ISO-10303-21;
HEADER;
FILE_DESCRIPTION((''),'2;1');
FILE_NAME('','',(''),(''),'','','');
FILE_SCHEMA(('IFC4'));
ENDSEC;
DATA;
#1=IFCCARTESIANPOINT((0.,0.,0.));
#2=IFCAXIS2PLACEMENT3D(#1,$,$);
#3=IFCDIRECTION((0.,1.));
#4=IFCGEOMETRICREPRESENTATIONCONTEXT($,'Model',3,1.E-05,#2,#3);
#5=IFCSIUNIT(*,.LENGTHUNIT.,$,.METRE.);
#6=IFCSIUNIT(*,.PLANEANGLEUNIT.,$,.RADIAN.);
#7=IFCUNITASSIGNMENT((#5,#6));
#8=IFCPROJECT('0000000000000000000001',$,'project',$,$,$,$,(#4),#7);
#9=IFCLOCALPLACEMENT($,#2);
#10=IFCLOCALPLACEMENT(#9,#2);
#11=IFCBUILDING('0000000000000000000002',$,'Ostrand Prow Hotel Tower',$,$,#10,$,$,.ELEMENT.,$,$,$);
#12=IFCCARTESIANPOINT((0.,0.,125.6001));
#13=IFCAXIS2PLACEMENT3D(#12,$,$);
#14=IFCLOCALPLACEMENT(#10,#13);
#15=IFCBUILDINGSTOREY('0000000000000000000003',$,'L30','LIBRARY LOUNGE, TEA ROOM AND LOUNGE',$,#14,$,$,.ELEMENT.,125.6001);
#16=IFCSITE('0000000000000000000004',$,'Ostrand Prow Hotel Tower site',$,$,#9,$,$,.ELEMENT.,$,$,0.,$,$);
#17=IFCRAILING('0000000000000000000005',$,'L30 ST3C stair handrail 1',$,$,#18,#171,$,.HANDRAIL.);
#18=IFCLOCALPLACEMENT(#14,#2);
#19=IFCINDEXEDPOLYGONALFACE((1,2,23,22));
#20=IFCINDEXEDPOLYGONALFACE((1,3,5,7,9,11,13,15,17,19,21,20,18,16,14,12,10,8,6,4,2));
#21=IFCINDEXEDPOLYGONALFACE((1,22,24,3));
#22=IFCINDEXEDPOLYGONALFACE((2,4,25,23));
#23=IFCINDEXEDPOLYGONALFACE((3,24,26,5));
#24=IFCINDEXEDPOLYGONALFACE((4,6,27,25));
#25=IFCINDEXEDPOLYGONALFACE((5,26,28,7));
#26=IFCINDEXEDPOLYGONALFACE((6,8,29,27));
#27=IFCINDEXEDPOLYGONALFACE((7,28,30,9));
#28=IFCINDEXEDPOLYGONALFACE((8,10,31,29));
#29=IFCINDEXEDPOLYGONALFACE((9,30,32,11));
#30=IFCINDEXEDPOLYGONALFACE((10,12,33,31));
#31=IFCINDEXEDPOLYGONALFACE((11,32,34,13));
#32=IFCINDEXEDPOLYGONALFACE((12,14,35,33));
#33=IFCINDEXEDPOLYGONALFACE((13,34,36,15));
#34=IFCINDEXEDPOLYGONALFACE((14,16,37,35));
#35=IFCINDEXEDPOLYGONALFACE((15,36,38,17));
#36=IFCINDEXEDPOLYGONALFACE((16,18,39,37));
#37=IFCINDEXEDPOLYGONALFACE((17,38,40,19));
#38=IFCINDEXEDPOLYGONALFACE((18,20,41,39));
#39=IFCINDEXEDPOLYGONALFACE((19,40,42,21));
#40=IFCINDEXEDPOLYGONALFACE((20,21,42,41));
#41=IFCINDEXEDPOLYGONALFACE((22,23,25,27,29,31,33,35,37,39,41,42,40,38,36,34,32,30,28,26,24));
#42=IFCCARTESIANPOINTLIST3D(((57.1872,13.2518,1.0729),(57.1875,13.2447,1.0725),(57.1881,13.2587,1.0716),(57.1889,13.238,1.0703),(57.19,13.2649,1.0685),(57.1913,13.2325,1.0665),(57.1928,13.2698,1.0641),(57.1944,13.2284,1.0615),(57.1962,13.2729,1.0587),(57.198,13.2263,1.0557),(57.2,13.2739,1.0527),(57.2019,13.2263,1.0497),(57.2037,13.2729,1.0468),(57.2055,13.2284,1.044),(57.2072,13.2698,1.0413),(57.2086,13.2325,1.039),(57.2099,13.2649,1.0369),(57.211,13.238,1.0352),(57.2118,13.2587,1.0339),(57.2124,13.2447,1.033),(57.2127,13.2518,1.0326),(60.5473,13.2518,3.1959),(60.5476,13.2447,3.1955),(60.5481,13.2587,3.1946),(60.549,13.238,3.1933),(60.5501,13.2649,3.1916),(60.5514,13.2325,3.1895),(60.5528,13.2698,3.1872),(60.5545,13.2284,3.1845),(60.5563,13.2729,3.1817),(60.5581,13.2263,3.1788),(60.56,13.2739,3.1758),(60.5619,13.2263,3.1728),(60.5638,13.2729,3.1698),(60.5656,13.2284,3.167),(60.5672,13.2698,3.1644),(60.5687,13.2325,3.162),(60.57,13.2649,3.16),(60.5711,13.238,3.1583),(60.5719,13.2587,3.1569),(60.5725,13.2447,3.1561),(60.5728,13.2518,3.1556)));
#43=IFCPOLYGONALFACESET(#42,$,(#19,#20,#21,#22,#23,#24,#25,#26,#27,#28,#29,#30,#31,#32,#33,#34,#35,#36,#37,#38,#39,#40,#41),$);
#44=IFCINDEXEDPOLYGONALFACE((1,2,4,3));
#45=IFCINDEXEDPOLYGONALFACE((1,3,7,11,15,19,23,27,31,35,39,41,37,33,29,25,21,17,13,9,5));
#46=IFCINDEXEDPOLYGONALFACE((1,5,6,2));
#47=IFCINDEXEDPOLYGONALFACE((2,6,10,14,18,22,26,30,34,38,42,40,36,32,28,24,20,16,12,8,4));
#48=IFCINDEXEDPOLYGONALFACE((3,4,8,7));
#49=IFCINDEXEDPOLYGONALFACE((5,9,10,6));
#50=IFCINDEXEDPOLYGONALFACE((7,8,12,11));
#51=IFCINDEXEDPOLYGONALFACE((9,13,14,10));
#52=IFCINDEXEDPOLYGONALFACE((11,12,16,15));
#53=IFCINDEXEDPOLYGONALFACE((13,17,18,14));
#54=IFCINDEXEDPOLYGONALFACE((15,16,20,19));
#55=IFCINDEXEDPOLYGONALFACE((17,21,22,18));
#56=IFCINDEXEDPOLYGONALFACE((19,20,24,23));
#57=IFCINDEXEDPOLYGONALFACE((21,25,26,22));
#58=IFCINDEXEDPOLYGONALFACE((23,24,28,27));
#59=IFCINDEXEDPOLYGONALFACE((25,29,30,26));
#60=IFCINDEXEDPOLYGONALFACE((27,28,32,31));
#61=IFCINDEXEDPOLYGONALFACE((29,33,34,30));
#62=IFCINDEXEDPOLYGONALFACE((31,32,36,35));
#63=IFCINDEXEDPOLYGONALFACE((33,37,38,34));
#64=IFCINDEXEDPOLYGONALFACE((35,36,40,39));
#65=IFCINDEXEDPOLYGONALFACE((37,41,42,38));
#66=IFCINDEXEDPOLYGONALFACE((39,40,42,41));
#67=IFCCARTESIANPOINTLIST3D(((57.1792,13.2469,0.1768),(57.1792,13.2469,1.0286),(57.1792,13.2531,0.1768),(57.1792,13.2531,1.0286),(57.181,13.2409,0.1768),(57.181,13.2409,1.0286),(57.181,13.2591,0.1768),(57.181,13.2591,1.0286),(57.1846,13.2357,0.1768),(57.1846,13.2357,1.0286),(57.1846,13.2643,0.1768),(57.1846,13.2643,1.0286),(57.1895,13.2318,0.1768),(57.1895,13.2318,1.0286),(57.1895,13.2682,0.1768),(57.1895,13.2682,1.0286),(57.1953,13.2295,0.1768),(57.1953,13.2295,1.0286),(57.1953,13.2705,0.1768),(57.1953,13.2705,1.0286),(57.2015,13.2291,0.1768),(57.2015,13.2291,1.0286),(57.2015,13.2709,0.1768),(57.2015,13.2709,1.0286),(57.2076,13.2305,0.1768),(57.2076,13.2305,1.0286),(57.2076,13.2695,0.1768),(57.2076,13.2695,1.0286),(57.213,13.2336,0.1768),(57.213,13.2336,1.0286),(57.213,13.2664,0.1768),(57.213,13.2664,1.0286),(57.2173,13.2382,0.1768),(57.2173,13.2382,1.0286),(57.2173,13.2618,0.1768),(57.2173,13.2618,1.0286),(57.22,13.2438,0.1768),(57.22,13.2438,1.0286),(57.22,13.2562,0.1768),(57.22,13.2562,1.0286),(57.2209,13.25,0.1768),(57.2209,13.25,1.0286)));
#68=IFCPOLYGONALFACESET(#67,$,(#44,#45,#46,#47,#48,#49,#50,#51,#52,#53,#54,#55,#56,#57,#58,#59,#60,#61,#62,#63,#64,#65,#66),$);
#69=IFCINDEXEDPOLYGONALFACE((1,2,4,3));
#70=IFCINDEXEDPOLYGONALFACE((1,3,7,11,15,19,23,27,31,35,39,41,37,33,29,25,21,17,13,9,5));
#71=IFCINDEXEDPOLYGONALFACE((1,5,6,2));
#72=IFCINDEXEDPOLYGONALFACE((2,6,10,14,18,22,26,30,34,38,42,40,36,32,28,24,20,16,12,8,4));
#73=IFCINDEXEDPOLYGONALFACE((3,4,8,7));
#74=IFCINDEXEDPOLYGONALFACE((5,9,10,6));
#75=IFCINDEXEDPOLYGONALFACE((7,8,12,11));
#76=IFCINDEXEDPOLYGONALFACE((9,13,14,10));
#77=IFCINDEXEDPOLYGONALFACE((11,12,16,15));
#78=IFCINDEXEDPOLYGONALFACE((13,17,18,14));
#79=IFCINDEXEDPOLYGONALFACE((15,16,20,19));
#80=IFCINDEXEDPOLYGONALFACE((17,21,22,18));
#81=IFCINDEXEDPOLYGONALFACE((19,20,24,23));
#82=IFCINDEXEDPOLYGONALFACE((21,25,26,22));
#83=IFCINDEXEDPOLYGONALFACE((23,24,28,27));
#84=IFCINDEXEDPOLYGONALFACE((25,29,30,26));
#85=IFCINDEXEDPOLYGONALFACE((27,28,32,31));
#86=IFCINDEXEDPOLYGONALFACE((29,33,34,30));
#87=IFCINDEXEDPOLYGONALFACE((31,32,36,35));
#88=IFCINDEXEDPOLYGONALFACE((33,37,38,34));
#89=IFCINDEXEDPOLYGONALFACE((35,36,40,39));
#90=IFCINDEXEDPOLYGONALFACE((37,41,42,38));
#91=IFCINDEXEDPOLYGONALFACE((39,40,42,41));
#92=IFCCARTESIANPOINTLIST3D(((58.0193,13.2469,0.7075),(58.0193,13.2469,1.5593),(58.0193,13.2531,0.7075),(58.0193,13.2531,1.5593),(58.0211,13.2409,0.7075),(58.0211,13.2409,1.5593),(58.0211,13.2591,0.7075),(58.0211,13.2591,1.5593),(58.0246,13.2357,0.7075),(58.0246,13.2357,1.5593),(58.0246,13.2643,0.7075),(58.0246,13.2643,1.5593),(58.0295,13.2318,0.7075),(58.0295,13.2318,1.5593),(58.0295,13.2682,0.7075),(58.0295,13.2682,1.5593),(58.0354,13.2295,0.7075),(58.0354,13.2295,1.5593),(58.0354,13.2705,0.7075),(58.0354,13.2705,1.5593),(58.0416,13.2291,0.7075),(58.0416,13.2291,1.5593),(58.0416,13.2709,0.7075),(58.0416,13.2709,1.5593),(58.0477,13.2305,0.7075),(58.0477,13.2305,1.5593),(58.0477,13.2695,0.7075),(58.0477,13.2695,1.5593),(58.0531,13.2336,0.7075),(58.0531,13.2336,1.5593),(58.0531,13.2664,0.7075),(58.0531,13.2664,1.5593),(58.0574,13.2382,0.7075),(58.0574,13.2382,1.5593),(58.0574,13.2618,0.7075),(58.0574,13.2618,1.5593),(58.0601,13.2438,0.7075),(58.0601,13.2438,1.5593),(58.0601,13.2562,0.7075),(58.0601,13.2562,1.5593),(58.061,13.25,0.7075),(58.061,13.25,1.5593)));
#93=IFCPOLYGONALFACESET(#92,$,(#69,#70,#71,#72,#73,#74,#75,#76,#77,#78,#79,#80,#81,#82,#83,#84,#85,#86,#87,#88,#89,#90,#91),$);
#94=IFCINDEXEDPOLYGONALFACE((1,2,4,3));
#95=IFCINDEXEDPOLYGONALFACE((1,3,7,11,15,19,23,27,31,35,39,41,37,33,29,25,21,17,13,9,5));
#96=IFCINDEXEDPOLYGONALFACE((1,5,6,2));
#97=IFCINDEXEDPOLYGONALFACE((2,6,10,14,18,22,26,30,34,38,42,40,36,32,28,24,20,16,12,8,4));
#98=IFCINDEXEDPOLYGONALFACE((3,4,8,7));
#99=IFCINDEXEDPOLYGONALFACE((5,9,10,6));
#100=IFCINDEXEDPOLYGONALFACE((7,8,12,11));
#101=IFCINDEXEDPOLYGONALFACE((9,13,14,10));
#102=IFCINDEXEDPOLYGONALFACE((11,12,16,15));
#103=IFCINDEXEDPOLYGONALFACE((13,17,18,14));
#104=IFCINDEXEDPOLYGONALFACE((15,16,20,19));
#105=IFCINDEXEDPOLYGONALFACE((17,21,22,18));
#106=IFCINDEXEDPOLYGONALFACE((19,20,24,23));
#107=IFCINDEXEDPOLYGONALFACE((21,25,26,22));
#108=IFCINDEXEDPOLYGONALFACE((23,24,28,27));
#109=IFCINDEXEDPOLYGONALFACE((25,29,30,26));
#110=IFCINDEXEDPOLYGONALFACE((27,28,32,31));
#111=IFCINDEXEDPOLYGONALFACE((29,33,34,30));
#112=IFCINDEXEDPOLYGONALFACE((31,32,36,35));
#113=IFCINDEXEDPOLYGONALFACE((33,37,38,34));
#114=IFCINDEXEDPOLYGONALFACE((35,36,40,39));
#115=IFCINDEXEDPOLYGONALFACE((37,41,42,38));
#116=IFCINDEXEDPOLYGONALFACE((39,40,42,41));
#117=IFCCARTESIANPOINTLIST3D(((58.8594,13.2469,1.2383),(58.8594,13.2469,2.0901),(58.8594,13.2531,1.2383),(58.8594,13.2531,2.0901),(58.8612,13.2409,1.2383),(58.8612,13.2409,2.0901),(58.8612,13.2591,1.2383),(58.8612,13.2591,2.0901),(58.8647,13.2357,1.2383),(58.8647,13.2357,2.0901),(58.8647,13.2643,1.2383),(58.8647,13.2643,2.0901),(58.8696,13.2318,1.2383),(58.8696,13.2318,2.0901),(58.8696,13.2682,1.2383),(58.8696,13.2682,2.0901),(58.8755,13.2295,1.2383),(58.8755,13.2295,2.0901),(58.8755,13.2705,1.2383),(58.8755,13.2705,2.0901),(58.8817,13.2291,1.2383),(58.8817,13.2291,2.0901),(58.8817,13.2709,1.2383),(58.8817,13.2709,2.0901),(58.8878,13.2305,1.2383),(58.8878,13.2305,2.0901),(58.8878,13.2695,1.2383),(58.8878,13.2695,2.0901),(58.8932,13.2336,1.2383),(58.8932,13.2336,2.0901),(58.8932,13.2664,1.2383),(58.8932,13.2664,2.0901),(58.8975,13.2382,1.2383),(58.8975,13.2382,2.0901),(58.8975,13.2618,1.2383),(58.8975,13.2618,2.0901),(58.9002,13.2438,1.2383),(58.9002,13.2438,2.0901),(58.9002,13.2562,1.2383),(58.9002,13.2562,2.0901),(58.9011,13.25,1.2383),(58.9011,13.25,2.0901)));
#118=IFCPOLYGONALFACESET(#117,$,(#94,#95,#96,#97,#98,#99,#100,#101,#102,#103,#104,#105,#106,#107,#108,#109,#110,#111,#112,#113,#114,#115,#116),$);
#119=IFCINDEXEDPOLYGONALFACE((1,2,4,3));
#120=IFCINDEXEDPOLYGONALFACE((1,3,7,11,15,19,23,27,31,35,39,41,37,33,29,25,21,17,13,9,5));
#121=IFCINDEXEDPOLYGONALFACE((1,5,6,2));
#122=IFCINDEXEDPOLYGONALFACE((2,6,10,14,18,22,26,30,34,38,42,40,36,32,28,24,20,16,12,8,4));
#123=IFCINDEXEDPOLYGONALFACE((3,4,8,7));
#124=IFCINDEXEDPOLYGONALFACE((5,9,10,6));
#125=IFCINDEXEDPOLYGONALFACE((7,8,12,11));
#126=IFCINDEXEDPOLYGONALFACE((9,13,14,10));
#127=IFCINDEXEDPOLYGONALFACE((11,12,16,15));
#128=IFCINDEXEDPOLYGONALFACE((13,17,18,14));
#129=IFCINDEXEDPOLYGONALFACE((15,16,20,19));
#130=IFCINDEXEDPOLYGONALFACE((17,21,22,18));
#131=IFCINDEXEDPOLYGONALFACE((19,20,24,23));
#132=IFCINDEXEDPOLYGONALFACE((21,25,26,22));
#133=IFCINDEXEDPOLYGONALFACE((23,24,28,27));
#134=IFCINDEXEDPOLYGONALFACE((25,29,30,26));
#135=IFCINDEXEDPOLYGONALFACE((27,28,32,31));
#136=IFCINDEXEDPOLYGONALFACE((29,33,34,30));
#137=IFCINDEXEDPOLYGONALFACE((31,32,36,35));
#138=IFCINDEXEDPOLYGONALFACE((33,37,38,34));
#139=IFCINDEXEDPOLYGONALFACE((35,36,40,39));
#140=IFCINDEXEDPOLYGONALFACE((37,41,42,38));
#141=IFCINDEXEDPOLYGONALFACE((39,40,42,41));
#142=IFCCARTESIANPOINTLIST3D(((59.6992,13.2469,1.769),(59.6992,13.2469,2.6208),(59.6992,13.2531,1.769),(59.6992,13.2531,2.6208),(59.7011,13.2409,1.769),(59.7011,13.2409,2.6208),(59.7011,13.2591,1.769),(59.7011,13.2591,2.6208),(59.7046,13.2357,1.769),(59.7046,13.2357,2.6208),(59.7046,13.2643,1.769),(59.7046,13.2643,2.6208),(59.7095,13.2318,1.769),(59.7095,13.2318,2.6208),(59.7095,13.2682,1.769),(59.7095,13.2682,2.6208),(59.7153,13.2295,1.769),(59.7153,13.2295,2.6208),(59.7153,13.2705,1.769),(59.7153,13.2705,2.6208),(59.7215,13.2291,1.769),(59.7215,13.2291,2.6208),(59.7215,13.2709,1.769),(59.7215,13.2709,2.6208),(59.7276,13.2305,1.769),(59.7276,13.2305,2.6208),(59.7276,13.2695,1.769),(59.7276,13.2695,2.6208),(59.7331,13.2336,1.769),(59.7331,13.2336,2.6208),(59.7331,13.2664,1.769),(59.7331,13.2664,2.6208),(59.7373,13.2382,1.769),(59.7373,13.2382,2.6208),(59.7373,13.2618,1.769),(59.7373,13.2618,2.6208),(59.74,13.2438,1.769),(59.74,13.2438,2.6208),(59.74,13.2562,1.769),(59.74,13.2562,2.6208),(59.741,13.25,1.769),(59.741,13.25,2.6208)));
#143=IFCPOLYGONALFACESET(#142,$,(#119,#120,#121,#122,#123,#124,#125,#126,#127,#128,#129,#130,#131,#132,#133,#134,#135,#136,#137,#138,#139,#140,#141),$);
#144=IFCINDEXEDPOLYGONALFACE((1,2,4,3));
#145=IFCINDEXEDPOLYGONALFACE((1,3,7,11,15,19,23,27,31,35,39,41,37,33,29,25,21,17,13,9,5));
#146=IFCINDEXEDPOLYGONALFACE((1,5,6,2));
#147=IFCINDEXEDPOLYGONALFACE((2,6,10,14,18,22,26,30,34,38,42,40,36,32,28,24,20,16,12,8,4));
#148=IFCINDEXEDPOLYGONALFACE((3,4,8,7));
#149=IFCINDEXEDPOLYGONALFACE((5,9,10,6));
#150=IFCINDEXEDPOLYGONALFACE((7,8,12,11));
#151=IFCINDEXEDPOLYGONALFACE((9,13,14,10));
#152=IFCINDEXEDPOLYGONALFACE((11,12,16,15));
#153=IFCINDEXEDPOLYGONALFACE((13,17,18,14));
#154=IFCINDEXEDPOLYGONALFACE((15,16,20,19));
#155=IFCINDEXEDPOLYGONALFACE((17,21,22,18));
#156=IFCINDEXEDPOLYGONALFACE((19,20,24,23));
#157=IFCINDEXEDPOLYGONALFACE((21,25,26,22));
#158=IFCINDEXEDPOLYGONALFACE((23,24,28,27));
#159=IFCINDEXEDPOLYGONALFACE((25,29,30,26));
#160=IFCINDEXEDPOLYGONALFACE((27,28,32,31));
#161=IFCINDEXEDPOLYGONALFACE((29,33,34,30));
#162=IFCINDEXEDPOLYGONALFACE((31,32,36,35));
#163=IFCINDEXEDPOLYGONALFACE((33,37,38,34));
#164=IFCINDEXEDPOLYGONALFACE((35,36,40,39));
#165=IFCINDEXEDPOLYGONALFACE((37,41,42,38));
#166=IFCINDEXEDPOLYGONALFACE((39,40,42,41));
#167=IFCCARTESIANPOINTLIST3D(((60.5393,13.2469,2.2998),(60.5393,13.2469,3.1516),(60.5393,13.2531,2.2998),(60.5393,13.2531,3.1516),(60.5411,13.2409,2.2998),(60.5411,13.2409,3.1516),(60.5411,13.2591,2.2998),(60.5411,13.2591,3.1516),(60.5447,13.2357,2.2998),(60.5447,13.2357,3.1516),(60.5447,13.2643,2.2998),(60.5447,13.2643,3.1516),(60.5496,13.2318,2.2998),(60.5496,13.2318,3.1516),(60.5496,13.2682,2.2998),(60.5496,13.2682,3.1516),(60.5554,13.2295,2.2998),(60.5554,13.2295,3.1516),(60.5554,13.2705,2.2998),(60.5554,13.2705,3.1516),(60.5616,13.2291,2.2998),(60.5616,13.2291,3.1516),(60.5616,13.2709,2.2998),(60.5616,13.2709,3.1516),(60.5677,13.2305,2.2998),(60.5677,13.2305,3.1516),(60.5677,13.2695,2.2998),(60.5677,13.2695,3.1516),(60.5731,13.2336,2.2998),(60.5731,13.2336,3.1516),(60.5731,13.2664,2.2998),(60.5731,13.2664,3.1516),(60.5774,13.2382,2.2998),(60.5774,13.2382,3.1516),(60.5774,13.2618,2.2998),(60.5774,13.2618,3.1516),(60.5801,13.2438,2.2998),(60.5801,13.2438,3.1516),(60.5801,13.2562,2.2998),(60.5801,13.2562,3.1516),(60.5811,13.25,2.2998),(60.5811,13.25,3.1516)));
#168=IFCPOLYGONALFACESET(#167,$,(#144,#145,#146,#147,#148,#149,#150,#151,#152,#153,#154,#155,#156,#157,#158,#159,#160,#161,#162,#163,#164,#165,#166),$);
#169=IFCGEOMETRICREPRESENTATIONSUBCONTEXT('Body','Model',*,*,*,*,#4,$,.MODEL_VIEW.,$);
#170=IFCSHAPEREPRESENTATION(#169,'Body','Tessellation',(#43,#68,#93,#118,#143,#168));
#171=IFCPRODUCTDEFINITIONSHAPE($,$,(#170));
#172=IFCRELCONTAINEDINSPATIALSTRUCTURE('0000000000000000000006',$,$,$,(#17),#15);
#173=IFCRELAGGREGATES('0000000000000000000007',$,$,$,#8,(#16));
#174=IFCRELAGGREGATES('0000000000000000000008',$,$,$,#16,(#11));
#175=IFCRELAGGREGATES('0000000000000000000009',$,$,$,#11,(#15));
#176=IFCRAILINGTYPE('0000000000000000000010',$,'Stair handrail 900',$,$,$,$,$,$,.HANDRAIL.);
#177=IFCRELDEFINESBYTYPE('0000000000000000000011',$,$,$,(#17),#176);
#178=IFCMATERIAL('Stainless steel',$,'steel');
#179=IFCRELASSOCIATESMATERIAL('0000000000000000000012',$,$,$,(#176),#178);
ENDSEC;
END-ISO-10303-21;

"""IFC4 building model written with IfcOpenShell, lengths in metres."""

from ifc_helpers import new_model, si_unit, direction, frame, origin, origin_2d, place, context, subcontext, project, spatial, circle, extrude, material, type_object, element, save


model = new_model("IFC4")

# Units and contexts
model_context = context("Model", 3, precision=1e-05, world=origin(), true_north=direction((0.0, 1.0)))
body_context = subcontext(model_context, "Body", "Model", "MODEL_VIEW")
ifc_project = project(units=[si_unit("LENGTHUNIT", "METRE"), si_unit("PLANEANGLEUNIT", "RADIAN")], contexts=[model_context])

# Site, building, storey
site_placement = place(None, origin())
site = spatial("IfcSite", under=ifc_project, at=site_placement, Name="Ostrand Prow Hotel Tower site", CompositionType="ELEMENT", RefElevation=0.0)
building_placement = place(site_placement, origin())
building = spatial("IfcBuilding", under=site, at=building_placement, Name="Ostrand Prow Hotel Tower", CompositionType="ELEMENT")
storey_placement = place(building_placement, frame((0.0, 0.0, 125.6001)))
storey = spatial("IfcBuildingStorey", under=building, at=storey_placement, Name="L30", Description="LIBRARY LOUNGE, TEA ROOM AND LOUNGE", CompositionType="ELEMENT", Elevation=125.6001)

# Railing
ifc_material_1 = material(Name="Stainless steel", Category="steel")
railing_type_1 = type_object("IfcRailingType", Name="Stair handrail 900", PredefinedType="HANDRAIL", material=ifc_material_1)
railing_1_placement = place(storey_placement, frame((57.2, 13.25, 0.1768)))
element("IfcRailing", 1, at=railing_1_placement, inside=storey, type_object=railing_type_1, Name="L30 ST3C stair handrail 1", PredefinedType="HANDRAIL", context=body_context, shape_type="SweptSolid", body=[
    extrude(circle(Radius=0.0239, at=origin_2d()), frame((0.0, 0.0, 0.876), z_axis=(0.84539, 0.0, 0.53415), x_axis=(0.0, 1.0, 0.0)), (0.0, 0.0, 1.0), 3.9746),
    extrude(circle(Radius=0.021, at=origin_2d()), origin(), (0.0, 0.0, 1.0), 0.8518),
    extrude(circle(Radius=0.021, at=origin_2d()), frame((0.8401, 0.0, 0.5308)), (0.0, 0.0, 1.0), 0.8518),
    extrude(circle(Radius=0.021, at=origin_2d()), frame((1.6802, 0.0, 1.0615)), (0.0, 0.0, 1.0), 0.8518),
    extrude(circle(Radius=0.021, at=origin_2d()), frame((2.52, 0.0, 1.5923)), (0.0, 0.0, 1.0), 0.8518),
    extrude(circle(Radius=0.021, at=origin_2d()), frame((3.3601, 0.0, 2.123)), (0.0, 0.0, 1.0), 0.8518),
])

save(model, "model.ifc")
